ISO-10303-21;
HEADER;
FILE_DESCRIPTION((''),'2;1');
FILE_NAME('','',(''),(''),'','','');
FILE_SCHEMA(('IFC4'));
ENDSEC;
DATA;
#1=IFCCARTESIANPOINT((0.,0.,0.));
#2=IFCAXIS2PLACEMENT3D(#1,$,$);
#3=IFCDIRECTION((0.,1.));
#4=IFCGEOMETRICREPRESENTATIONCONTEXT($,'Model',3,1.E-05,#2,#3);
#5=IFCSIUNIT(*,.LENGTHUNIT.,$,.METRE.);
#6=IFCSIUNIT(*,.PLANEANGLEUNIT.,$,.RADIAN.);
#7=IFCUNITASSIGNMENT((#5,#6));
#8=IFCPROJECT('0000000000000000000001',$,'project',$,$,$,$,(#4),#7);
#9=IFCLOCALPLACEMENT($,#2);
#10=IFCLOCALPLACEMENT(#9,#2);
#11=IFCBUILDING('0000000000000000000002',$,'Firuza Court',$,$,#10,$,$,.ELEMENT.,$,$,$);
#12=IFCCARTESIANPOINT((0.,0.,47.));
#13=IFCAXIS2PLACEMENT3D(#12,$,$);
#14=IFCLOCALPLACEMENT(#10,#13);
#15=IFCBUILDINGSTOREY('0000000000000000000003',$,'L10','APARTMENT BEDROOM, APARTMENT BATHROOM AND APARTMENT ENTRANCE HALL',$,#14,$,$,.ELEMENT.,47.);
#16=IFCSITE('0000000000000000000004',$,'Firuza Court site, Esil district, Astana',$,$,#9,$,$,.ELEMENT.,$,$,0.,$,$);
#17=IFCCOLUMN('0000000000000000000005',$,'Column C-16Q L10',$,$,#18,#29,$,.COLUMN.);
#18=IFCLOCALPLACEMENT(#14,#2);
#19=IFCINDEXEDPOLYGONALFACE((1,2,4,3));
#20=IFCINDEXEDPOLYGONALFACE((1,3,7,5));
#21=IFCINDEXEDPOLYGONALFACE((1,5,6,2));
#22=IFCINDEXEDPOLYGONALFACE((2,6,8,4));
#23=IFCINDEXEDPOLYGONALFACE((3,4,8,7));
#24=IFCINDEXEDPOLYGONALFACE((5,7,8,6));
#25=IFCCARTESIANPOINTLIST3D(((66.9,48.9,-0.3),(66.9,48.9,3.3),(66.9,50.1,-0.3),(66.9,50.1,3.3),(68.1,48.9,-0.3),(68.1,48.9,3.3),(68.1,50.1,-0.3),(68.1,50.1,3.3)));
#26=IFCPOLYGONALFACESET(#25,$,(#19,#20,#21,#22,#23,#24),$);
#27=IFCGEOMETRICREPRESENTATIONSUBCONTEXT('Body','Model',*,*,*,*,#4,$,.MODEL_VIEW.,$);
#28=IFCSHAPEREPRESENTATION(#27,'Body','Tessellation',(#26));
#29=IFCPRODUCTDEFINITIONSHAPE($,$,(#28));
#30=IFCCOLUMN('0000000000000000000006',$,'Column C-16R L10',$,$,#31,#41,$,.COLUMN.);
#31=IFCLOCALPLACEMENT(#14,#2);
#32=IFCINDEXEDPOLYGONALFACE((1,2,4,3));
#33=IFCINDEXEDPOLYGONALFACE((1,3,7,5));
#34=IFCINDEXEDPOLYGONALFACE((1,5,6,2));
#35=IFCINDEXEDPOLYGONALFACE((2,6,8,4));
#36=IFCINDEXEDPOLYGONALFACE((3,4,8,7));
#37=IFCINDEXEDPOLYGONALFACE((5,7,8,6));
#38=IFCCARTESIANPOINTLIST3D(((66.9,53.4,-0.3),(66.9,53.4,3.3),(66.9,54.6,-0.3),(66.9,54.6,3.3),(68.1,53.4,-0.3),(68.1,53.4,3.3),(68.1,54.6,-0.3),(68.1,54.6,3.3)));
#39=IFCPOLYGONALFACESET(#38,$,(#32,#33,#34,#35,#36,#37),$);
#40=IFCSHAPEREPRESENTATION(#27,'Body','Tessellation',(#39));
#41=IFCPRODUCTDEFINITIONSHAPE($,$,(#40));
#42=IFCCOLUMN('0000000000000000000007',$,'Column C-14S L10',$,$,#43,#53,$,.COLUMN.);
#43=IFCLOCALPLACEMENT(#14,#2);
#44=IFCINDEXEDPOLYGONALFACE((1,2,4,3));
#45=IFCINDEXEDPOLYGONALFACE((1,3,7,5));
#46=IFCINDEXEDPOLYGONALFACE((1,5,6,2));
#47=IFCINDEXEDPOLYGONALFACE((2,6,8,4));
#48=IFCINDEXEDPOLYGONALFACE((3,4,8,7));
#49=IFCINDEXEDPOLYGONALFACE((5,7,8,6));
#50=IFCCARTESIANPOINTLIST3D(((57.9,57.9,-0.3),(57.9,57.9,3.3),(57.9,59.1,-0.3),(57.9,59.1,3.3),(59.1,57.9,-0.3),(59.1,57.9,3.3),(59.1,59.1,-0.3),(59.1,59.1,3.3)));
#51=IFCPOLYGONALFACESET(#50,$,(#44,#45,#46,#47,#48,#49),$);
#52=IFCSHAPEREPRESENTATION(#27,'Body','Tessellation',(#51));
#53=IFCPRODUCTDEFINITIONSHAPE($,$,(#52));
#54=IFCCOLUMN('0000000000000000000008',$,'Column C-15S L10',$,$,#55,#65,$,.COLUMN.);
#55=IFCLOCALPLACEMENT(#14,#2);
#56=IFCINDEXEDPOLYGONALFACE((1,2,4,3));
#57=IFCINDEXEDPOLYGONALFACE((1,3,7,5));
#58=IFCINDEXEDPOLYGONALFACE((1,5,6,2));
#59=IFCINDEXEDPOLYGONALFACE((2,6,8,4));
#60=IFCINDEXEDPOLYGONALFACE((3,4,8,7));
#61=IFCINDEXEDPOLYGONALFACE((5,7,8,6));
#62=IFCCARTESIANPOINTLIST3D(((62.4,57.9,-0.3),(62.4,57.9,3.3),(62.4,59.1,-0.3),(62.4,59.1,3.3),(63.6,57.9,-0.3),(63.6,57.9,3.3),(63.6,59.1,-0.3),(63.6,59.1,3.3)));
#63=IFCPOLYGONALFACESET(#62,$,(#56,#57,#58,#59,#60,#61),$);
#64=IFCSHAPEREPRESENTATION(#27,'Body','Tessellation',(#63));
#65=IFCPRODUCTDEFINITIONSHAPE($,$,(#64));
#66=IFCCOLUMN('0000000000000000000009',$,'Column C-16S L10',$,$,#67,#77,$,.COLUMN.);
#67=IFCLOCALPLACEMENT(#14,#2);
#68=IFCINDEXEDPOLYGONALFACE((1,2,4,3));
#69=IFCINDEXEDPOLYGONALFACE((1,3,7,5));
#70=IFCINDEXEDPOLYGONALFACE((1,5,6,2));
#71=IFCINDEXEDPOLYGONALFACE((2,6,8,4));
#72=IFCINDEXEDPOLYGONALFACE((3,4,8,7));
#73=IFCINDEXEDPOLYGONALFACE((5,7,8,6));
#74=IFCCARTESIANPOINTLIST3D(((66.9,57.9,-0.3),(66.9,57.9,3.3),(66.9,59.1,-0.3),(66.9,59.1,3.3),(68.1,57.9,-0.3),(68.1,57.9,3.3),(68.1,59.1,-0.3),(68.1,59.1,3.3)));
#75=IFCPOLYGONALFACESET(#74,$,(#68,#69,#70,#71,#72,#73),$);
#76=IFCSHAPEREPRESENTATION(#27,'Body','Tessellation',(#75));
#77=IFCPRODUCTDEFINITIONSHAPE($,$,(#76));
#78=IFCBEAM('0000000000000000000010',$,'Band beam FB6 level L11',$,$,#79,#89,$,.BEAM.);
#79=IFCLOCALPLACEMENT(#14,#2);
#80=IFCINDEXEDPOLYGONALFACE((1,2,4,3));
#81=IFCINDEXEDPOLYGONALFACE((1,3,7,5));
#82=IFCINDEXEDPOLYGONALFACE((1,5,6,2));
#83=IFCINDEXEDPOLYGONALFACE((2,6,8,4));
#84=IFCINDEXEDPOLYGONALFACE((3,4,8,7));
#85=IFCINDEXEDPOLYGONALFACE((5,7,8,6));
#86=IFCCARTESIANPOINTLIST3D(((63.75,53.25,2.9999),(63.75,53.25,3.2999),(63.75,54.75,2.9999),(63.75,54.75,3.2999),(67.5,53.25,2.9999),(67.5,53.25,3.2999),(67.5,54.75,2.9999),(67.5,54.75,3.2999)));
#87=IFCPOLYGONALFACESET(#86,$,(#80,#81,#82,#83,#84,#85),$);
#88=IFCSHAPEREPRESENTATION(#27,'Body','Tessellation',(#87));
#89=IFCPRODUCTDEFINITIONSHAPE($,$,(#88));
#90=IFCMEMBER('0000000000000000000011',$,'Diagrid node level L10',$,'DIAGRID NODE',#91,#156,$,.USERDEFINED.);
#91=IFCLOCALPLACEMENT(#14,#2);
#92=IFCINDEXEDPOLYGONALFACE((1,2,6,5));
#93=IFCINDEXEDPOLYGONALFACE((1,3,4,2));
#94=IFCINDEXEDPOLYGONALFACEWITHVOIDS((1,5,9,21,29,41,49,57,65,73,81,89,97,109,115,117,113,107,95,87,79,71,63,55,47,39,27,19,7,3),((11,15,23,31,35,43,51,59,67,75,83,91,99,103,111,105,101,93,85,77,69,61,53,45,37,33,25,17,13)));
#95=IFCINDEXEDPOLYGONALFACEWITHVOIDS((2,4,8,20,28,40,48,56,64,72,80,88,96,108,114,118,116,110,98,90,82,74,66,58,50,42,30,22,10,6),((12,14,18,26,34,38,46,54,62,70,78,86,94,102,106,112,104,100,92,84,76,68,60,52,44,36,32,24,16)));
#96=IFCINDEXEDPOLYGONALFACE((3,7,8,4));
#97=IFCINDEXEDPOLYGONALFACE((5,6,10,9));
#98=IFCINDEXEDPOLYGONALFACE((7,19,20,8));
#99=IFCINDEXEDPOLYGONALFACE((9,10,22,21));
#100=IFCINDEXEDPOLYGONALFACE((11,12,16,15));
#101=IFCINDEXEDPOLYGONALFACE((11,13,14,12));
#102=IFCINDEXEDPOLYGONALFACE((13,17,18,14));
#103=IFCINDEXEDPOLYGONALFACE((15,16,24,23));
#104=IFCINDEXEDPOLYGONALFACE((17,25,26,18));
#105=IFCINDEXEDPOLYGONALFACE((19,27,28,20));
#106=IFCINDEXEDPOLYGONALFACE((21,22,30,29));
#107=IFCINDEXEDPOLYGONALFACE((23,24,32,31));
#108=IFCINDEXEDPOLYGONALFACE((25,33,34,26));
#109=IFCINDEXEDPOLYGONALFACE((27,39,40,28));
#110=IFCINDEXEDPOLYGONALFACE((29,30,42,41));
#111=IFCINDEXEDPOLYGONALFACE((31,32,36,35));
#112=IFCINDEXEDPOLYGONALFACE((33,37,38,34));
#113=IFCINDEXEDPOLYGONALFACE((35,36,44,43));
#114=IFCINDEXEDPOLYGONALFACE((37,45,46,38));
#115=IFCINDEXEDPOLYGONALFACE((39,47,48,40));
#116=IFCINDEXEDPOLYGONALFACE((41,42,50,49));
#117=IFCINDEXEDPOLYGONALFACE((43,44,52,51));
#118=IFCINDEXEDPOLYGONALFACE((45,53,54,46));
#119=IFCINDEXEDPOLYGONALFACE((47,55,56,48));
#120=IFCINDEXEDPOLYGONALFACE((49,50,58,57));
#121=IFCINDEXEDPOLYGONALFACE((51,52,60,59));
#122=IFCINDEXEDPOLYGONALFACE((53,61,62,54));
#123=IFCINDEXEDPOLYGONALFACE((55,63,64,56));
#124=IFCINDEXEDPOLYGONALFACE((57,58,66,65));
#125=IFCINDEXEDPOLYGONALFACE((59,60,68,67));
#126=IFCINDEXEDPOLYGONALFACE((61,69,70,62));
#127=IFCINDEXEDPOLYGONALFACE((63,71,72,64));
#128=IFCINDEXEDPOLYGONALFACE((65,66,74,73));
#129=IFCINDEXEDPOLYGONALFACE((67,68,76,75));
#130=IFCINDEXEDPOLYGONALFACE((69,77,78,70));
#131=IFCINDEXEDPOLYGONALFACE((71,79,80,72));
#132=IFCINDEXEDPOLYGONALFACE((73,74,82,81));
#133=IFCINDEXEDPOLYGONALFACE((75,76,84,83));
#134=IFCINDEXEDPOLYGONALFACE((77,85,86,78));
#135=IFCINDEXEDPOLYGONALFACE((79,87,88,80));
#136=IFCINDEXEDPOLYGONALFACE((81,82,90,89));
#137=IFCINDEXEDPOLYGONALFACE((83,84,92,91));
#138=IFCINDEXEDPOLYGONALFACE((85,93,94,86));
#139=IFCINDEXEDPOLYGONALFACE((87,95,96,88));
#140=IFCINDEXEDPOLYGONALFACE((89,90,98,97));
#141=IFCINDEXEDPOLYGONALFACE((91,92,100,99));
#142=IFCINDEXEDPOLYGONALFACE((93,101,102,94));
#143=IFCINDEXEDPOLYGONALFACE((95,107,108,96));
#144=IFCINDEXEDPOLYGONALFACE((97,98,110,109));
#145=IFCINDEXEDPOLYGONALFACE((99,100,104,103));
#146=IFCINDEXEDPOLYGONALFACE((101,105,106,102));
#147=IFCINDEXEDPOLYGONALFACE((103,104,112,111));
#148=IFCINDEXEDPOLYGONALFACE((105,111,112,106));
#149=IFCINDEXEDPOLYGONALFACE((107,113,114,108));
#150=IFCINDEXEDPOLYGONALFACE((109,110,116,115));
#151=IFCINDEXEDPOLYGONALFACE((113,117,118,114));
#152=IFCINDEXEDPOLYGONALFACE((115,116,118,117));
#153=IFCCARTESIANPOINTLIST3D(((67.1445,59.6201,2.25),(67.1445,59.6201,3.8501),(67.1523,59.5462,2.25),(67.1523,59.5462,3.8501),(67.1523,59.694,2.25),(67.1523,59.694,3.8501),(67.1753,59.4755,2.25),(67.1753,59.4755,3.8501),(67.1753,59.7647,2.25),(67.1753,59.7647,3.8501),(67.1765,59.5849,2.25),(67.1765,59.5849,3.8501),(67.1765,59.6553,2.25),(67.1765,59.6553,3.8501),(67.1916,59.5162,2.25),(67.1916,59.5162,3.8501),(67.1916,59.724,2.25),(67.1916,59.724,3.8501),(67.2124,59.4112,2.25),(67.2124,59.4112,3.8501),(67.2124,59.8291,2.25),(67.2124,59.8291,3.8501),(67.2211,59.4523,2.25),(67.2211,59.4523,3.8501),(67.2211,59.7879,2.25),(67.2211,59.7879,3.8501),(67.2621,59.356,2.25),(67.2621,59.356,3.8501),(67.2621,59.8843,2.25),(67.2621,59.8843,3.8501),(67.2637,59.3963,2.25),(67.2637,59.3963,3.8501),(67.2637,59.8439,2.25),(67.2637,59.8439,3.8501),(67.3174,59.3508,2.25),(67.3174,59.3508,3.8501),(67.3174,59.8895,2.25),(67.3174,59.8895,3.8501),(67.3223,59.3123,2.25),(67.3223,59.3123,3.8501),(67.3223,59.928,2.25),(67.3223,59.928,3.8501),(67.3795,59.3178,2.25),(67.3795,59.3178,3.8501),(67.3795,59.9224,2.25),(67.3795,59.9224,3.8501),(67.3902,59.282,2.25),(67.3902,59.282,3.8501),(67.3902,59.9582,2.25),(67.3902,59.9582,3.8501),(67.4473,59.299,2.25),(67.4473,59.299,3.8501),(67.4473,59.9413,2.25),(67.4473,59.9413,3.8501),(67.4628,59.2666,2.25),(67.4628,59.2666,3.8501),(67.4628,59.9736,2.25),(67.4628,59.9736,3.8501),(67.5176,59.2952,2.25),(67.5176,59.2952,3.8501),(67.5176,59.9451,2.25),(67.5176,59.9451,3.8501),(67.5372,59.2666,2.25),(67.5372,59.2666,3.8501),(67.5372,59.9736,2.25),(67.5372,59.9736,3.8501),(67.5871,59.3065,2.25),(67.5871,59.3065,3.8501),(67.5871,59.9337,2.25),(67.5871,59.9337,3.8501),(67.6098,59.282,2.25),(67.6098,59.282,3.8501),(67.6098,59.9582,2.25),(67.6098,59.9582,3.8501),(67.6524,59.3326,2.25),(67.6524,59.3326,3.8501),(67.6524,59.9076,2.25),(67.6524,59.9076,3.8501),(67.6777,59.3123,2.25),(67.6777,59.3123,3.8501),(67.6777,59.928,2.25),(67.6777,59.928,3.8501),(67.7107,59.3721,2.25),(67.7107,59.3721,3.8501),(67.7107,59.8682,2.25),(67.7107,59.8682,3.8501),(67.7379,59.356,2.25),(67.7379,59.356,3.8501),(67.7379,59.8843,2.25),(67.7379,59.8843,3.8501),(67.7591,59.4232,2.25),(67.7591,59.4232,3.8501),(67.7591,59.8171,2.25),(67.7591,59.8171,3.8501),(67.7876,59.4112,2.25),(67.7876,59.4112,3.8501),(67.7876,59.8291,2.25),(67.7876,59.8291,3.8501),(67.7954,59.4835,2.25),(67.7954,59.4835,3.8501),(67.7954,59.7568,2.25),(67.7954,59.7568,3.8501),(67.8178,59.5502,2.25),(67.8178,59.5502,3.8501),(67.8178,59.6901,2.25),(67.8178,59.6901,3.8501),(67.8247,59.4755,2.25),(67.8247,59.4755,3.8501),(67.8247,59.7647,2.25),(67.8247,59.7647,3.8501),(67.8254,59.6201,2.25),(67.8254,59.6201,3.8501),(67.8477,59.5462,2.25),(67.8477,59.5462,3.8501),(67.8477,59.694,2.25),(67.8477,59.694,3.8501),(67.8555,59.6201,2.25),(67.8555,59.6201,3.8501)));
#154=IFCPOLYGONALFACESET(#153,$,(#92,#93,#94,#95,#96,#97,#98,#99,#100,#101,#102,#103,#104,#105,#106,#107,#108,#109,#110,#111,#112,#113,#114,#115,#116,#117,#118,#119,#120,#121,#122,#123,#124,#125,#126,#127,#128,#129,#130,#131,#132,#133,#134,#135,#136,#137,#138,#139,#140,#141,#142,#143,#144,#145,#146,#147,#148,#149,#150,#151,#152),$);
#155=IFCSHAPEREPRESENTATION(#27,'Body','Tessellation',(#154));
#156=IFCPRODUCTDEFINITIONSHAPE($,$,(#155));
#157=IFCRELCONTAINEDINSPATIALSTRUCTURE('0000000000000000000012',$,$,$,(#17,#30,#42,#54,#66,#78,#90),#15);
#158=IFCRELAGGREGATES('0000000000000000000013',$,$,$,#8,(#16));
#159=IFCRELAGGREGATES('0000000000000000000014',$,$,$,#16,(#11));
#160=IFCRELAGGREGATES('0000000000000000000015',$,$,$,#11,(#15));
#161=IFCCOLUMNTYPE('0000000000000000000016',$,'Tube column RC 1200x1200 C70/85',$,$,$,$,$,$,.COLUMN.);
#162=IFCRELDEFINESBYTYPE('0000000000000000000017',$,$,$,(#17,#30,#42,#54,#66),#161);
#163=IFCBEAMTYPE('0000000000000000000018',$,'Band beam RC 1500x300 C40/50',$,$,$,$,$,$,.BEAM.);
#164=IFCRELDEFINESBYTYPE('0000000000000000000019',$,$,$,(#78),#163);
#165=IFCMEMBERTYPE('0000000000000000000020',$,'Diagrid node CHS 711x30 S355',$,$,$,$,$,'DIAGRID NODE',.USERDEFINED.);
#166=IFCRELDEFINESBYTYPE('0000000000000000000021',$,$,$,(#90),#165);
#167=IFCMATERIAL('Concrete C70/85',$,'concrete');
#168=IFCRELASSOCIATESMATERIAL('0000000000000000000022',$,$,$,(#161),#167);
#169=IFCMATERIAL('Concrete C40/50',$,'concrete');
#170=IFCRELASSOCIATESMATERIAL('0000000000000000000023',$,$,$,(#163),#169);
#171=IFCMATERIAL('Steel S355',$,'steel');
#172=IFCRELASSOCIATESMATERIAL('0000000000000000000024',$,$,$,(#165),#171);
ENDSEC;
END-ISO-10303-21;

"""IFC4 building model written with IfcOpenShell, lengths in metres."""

from ifc_helpers import new_model, si_unit, direction, frame, origin, origin_2d, place, context, subcontext, project, spatial, rectangle, hollow_circle, extrude, material, material_profile, profile_set, type_object, element, save


model = new_model("IFC4")

# Units and contexts
model_context = context("Model", 3, precision=1e-05, world=origin(), true_north=direction((0.0, 1.0)))
body_context = subcontext(model_context, "Body", "Model", "MODEL_VIEW")
ifc_project = project(units=[si_unit("LENGTHUNIT", "METRE"), si_unit("PLANEANGLEUNIT", "RADIAN")], contexts=[model_context])

# Site, building, storey
site_placement = place(None, origin())
site = spatial("IfcSite", under=ifc_project, at=site_placement, Name="Firuza Court site, Esil district, Astana", CompositionType="ELEMENT", RefElevation=0.0)
building_placement = place(site_placement, origin())
building = spatial("IfcBuilding", under=site, at=building_placement, Name="Firuza Court", CompositionType="ELEMENT")
storey_placement = place(building_placement, frame((0.0, 0.0, 47.0)))
storey = spatial("IfcBuildingStorey", under=building, at=storey_placement, Name="L10", Description="APARTMENT BEDROOM, APARTMENT BATHROOM AND APARTMENT ENTRANCE HALL", CompositionType="ELEMENT", Elevation=47.0)

# Columns
ifc_material_1 = material(Name="Concrete C70/85", Category="concrete")
ifc_material_profile_1 = material_profile(ifc_material_1, rectangle(XDim=1.2, YDim=1.2, at=origin_2d()), Name="RC 1200x1200")
ifc_profile_set_1 = profile_set([ifc_material_profile_1], Name="Concrete C70/85")
column_type = type_object("IfcColumnType", Name="Tube column RC 1200x1200 C70/85", PredefinedType="COLUMN", material=ifc_profile_set_1)
for number, where, z_axis, x_axis, name in (
    (1, (67.5, 49.5, -0.3), (0.0, 0.0, 1.0), (1.0, 0.0, 0.0), "Column C-16Q L10"),
    (2, (67.5, 54.0, -0.3), (0.0, 0.0, 1.0), (1.0, 0.0, 0.0), "Column C-16R L10"),
    (3, (58.5, 58.5, -0.3), (0.0, 0.0, 1.0), (1.0, 0.0, 0.0), "Column C-14S L10"),
    (4, (63.0, 58.5, -0.3), (0.0, 0.0, 1.0), (1.0, 0.0, 0.0), "Column C-15S L10"),
    (5, (67.5, 58.5, -0.3), (0.0, 0.0, 1.0), (1.0, 0.0, 0.0), "Column C-16S L10"),
):
    element("IfcColumn", number, at=place(storey_placement, frame(where, z_axis=z_axis, x_axis=x_axis)), inside=storey, type_object=column_type, Name=name, PredefinedType="COLUMN", context=body_context, shape_type="SweptSolid", body=[
        extrude(rectangle(XDim=1.2, YDim=1.2, at=origin_2d()), origin(), (0.0, 0.0, 1.0), 3.6001),
    ])

# Beam
ifc_material_2 = material(Name="Concrete C40/50", Category="concrete")
ifc_material_profile_2 = material_profile(ifc_material_2, rectangle(XDim=1.5, YDim=0.3, at=origin_2d()), Name="RC 1500x300")
ifc_profile_set_2 = profile_set([ifc_material_profile_2], Name="Concrete C40/50")
beam_type_1 = type_object("IfcBeamType", Name="Band beam RC 1500x300 C40/50", PredefinedType="BEAM", material=ifc_profile_set_2)
beam_placement = place(storey_placement, frame((67.5, 54.0, 3.1499), z_axis=(-1.0, 0.0, 0.0), x_axis=(0.0, -1.0, 0.0)))
element("IfcBeam", 6, at=beam_placement, inside=storey, type_object=beam_type_1, Name="Band beam FB6 level L11", PredefinedType="BEAM", context=body_context, shape_type="SweptSolid", body=[
    extrude(rectangle(XDim=1.5, YDim=0.3, at=origin_2d()), origin(), (0.0, 0.0, 1.0), 3.75),
])

# Member
ifc_material_3 = material(Name="Steel S355", Category="steel")
ifc_material_profile_3 = material_profile(ifc_material_3, hollow_circle(Radius=0.3555, WallThickness=0.03, at=origin_2d()), Name="CHS 711x30")
ifc_profile_set_3 = profile_set([ifc_material_profile_3], Name="Steel S355")
member_type_1 = type_object("IfcMemberType", Name="Diagrid node CHS 711x30 S355", ElementType="DIAGRID NODE", PredefinedType="USERDEFINED", material=ifc_profile_set_3)
for number, where, z_axis, x_axis, name in (
    (7, (67.5, 59.6201, 2.25), (0.0, 0.0, 1.0), (1.0, 0.0, 0.0), "Diagrid node level L10"),
):
    element("IfcMember", number, at=place(storey_placement, frame(where, z_axis=z_axis, x_axis=x_axis)), inside=storey, type_object=member_type_1, Name=name, ObjectType="DIAGRID NODE", PredefinedType="USERDEFINED", context=body_context, shape_type="SweptSolid", body=[
        extrude(hollow_circle(Radius=0.3555, WallThickness=0.03, at=origin_2d()), origin(), (0.0, 0.0, 1.0), 1.6001),
    ])

save(model, "model.ifc")
